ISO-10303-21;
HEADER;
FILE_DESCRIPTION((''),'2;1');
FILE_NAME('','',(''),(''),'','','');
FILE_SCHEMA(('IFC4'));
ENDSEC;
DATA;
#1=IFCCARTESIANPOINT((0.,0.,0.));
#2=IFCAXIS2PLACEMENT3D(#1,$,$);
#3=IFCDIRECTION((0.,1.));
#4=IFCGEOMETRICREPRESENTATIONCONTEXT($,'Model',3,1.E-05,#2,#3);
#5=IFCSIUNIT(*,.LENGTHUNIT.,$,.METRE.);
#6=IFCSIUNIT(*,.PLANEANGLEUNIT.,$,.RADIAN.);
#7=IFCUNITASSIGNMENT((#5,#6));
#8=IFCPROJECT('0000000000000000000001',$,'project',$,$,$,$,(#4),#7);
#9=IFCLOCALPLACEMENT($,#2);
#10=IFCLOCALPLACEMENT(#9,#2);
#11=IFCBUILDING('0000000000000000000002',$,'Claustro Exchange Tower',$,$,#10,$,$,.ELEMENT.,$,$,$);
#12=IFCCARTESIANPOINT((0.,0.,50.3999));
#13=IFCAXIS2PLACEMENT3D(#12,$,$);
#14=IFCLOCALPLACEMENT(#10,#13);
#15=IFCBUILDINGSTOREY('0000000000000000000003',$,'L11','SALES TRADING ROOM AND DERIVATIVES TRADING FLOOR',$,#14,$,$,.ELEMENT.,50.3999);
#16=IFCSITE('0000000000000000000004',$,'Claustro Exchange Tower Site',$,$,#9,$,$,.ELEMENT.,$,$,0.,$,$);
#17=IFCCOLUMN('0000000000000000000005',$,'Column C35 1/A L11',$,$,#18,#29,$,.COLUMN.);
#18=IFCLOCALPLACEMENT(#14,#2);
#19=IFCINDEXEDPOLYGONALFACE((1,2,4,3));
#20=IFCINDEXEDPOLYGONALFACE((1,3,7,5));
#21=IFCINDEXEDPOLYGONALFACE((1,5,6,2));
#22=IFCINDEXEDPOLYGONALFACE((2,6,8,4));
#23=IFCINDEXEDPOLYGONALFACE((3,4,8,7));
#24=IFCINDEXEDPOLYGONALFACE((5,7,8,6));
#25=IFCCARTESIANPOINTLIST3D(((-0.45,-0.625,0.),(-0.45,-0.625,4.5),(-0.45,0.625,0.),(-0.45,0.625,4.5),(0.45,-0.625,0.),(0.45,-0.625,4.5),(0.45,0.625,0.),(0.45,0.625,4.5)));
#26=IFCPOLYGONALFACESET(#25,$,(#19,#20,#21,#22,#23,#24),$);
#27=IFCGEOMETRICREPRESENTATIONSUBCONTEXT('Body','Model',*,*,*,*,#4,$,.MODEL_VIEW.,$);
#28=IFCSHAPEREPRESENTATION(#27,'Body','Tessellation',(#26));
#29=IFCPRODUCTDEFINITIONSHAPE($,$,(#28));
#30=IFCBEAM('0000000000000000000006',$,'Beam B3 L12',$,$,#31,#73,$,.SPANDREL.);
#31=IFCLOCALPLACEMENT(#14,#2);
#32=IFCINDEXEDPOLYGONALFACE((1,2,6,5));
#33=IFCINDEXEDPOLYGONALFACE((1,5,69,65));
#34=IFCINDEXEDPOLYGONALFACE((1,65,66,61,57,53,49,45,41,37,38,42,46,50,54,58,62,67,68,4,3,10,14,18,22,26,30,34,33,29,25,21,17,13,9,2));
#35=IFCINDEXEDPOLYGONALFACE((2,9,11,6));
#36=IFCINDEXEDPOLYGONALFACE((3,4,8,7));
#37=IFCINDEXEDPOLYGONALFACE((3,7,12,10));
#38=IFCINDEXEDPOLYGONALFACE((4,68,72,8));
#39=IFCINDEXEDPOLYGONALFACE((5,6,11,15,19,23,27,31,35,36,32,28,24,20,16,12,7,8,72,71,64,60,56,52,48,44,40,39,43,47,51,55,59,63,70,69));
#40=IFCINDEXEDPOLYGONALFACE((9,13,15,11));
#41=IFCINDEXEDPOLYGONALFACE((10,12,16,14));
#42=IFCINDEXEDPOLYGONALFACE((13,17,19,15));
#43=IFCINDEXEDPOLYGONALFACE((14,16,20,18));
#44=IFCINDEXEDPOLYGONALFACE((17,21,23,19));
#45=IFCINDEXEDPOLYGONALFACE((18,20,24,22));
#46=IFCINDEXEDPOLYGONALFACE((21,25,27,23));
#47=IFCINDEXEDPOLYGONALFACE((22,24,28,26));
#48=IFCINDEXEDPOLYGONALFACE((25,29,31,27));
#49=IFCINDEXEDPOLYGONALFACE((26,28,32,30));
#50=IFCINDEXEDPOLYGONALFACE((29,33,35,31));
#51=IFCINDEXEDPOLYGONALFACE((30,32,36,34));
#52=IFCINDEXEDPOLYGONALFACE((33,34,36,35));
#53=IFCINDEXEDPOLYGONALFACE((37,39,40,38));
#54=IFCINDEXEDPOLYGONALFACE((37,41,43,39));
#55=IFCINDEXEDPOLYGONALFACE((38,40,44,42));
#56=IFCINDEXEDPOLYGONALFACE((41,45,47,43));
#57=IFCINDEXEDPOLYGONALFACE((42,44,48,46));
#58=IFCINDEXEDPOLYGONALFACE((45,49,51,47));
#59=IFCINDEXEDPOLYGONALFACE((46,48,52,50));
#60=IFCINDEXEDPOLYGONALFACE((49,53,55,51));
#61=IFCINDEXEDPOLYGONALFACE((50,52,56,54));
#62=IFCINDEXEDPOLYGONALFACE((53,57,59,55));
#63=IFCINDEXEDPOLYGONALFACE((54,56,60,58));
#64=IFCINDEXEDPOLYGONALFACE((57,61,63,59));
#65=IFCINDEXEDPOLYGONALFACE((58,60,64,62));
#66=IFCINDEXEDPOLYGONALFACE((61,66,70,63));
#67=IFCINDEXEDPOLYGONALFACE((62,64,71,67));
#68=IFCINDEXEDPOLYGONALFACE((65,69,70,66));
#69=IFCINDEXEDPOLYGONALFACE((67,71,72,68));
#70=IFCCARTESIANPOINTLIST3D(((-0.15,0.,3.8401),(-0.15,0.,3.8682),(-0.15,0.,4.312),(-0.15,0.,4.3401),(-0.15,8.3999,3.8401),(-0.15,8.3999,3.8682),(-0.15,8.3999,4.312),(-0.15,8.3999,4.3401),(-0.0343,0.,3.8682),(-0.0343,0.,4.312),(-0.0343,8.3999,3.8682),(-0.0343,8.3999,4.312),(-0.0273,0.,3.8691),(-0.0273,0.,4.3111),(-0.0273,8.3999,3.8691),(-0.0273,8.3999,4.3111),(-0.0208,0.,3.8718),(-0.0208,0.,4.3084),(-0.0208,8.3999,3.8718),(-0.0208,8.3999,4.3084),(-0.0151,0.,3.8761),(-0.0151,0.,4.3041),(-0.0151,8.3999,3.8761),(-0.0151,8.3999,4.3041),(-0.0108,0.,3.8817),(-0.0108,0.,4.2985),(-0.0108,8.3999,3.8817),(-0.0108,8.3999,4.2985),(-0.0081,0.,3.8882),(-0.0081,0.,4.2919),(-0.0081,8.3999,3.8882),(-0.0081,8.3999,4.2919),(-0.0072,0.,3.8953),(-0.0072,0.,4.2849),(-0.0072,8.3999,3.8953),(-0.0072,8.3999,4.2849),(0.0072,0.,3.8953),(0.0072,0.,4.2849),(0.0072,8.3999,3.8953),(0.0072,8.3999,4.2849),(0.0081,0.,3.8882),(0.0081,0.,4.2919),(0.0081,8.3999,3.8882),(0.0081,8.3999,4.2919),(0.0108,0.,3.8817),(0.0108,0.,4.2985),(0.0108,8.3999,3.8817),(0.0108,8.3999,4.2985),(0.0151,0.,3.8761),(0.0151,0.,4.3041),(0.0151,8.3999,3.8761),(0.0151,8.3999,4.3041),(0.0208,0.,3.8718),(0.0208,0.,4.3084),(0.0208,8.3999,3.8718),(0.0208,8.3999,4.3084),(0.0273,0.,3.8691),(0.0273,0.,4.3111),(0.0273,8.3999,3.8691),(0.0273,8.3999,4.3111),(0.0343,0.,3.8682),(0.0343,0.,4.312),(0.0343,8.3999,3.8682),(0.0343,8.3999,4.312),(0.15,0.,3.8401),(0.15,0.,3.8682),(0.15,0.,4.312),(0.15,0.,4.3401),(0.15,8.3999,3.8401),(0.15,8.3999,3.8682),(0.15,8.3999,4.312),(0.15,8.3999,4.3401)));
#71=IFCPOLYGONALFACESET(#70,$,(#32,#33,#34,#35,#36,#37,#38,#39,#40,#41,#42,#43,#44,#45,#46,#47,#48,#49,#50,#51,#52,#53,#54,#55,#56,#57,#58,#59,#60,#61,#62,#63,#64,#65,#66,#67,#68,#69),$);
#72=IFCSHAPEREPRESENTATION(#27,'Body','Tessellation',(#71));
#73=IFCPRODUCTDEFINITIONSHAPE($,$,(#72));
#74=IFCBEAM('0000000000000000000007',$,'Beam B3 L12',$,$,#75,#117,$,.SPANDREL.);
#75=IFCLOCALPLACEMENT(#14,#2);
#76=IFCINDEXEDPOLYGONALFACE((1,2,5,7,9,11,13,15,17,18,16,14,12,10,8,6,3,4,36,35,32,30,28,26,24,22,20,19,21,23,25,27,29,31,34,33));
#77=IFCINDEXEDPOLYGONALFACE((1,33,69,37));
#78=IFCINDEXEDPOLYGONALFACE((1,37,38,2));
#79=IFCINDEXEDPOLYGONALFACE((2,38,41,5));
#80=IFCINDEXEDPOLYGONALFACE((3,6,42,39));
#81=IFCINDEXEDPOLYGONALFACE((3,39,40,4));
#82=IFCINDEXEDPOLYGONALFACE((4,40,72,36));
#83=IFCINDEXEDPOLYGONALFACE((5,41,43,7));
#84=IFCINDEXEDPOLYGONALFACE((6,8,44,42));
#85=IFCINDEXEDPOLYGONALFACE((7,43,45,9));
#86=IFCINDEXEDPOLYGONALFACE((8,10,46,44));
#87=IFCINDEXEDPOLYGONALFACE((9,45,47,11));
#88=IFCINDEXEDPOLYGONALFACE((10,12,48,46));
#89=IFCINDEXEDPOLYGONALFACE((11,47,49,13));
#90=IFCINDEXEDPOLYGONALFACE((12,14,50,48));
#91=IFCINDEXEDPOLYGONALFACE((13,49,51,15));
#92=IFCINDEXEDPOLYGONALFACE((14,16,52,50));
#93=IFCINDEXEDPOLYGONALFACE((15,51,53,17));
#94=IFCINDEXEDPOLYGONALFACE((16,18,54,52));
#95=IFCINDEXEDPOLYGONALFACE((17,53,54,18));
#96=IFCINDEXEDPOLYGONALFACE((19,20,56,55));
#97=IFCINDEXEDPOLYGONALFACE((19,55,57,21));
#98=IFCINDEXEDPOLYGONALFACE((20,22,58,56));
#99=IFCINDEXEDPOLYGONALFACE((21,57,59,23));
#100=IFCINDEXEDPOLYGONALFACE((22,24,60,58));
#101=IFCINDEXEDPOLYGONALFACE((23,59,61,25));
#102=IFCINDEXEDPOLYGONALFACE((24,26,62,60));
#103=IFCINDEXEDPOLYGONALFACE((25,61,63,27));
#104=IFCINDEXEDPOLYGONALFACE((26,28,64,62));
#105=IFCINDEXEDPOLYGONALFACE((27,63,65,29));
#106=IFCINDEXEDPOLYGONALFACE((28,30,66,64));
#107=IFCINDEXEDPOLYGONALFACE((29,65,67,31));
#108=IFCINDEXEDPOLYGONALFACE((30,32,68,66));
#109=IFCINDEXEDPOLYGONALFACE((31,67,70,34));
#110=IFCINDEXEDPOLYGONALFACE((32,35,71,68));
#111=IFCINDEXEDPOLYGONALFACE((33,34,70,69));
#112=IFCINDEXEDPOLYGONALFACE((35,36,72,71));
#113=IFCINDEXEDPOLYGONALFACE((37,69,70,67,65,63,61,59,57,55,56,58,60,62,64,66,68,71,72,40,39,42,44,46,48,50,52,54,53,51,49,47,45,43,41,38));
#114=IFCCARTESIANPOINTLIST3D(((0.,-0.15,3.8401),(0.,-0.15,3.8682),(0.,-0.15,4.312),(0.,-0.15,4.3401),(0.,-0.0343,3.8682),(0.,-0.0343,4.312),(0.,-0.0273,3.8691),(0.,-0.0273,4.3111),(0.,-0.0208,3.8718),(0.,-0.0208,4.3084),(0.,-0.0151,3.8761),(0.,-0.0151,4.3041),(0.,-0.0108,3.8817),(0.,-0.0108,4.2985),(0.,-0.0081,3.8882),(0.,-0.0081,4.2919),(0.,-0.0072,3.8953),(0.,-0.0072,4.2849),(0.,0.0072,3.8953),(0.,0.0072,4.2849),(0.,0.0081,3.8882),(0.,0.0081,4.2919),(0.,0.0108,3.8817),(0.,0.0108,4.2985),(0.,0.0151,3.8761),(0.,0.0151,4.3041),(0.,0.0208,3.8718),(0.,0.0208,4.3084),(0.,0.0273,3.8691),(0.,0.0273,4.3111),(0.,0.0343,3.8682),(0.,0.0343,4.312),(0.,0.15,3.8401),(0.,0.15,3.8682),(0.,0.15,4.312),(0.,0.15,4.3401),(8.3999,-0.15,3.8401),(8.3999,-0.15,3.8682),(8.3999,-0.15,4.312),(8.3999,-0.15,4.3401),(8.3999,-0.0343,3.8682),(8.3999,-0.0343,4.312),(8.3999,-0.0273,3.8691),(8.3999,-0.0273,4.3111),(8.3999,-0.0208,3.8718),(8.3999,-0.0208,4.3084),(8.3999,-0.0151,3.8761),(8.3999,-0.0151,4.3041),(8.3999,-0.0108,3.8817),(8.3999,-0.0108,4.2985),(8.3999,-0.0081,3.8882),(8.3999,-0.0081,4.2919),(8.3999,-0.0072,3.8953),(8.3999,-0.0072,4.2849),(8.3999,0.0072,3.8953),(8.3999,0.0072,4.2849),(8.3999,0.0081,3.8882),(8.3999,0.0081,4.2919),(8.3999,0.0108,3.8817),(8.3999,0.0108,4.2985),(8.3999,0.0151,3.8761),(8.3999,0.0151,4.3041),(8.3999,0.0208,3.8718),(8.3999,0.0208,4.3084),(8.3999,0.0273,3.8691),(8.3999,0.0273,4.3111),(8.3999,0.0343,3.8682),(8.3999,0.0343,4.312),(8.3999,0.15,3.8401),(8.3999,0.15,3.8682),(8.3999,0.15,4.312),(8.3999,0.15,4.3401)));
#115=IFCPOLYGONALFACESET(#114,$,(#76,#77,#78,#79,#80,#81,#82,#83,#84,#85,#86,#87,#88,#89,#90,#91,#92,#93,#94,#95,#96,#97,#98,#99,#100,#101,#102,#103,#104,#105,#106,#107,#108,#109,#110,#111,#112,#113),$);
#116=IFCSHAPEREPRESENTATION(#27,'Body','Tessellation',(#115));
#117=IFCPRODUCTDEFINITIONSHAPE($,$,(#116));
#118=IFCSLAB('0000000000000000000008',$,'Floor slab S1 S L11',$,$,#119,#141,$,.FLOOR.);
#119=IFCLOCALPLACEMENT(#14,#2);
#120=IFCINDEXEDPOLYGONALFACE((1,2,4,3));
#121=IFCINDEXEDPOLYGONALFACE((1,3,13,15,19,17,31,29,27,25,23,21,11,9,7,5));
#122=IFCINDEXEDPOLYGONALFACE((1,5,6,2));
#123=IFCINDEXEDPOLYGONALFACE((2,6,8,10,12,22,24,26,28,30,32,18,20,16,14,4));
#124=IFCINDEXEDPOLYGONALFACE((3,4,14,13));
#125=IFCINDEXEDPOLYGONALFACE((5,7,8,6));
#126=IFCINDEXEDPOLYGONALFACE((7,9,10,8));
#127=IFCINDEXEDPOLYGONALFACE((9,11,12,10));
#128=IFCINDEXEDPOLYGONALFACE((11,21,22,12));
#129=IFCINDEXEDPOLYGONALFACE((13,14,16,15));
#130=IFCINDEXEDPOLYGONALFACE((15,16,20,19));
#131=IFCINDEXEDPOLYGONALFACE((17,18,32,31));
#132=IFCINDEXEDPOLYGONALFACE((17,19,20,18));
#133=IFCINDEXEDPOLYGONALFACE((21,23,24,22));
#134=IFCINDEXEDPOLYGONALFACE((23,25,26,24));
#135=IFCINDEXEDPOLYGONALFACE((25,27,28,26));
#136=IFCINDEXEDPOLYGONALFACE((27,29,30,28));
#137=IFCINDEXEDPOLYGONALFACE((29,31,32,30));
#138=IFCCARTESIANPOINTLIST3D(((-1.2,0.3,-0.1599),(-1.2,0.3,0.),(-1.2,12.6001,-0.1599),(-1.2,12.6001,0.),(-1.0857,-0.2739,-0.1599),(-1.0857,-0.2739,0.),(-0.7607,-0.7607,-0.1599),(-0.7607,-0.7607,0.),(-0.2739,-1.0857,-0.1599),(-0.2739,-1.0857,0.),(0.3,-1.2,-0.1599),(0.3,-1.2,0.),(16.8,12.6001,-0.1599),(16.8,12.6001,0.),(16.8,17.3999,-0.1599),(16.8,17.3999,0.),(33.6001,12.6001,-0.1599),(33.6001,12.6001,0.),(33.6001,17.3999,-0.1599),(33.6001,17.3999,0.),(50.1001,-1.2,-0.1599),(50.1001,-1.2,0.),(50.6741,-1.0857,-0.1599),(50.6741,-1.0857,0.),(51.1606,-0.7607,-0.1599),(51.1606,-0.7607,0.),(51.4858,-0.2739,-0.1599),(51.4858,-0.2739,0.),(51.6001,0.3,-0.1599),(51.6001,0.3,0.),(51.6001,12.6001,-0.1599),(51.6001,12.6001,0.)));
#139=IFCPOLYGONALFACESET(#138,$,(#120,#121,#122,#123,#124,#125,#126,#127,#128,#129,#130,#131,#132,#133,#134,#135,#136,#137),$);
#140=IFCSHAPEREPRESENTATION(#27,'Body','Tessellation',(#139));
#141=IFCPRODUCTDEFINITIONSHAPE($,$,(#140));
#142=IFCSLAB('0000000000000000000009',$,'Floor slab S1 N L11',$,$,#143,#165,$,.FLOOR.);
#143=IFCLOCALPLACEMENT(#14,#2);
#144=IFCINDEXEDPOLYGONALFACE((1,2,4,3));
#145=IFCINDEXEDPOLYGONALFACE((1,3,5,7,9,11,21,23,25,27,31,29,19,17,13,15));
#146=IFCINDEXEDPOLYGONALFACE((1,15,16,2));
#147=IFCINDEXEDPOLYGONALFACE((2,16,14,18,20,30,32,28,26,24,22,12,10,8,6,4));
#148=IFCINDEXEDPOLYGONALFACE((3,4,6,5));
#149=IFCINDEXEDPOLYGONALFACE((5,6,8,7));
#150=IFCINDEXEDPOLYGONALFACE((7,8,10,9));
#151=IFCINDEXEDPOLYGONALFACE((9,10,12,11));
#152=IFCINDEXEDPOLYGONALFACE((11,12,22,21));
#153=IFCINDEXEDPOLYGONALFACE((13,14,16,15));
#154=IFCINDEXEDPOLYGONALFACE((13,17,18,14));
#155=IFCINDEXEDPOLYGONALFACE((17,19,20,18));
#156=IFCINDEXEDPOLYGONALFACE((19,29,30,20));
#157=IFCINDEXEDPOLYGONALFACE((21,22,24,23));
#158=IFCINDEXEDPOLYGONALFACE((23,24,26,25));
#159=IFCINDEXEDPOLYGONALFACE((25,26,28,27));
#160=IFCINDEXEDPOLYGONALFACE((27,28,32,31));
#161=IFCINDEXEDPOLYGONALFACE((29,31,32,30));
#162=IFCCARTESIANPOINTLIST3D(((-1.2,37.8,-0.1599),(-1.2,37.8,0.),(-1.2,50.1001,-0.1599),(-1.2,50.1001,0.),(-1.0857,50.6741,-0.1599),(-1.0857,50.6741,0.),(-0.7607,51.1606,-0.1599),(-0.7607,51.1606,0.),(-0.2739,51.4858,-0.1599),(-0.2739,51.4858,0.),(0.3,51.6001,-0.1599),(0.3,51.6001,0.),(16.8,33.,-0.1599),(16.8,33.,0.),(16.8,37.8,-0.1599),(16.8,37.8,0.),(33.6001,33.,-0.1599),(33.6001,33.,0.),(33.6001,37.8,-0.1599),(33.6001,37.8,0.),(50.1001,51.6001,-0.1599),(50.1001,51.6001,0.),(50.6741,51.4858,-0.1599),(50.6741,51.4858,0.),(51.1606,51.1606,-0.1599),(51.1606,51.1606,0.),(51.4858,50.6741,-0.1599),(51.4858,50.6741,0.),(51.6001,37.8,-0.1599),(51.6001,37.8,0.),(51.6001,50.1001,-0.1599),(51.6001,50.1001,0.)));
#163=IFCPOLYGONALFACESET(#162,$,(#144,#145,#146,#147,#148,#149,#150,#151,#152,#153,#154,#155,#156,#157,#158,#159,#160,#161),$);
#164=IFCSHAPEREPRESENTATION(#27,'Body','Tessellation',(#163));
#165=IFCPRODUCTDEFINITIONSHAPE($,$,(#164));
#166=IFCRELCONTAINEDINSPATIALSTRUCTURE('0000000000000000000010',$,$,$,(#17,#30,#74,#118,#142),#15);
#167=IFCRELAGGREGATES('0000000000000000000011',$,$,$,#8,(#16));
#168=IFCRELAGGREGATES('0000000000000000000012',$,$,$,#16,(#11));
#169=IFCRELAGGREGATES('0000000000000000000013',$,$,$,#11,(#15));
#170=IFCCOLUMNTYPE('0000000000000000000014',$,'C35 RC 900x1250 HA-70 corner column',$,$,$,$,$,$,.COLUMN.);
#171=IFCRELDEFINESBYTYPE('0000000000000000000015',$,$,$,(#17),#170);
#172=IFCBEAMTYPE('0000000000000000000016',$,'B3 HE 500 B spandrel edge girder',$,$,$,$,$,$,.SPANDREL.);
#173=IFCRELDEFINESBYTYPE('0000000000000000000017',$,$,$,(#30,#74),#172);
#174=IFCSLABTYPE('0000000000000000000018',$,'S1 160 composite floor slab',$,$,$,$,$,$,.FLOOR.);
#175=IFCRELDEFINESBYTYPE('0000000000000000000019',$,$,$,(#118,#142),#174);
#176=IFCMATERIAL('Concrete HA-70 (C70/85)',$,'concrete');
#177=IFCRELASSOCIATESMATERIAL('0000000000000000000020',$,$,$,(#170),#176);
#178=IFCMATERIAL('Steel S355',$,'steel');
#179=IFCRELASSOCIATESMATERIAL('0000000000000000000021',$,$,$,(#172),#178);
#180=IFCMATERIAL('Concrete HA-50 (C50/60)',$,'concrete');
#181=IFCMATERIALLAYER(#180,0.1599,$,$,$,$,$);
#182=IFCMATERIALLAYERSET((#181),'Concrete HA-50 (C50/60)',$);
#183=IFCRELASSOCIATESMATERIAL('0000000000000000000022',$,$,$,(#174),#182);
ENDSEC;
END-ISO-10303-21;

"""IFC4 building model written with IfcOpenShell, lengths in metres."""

from ifc_helpers import new_model, si_unit, direction, frame, origin, origin_with_axes, origin_2d, place, context, subcontext, project, spatial, polyline, rectangle, i_section, outline, extrude, material, layer, layer_set, material_profile, profile_set, type_object, element, save


model = new_model("IFC4")

# Units and contexts
model_context = context("Model", 3, precision=1e-05, world=origin(), true_north=direction((0.0, 1.0)))
body_context = subcontext(model_context, "Body", "Model", "MODEL_VIEW")
ifc_project = project(units=[si_unit("LENGTHUNIT", "METRE"), si_unit("PLANEANGLEUNIT", "RADIAN")], contexts=[model_context])

# Site, building, storey
site_placement = place(None, origin())
site = spatial("IfcSite", under=ifc_project, at=site_placement, Name="Claustro Exchange Tower Site", CompositionType="ELEMENT", RefElevation=0.0)
building_placement = place(site_placement, origin())
building = spatial("IfcBuilding", under=site, at=building_placement, Name="Claustro Exchange Tower", CompositionType="ELEMENT")
storey_placement = place(building_placement, frame((0.0, 0.0, 50.3999)))
storey = spatial("IfcBuildingStorey", under=building, at=storey_placement, Name="L11", Description="SALES TRADING ROOM AND DERIVATIVES TRADING FLOOR", CompositionType="ELEMENT", Elevation=50.3999)

# Column
ifc_material_1 = material(Name="Concrete HA-70 (C70/85)", Category="concrete")
ifc_material_profile_1 = material_profile(ifc_material_1, rectangle(XDim=0.8999, YDim=1.25, at=origin_2d()), Name="RC 900x1250")
ifc_profile_set_1 = profile_set([ifc_material_profile_1], Name="Concrete HA-70 (C70/85)")
column_type = type_object("IfcColumnType", Name="C35 RC 900x1250 HA-70 corner column", PredefinedType="COLUMN", material=ifc_profile_set_1)
column_placement = place(storey_placement, origin_with_axes())
element("IfcColumn", 1, at=column_placement, inside=storey, type_object=column_type, Name="Column C35 1/A L11", PredefinedType="COLUMN", context=body_context, shape_type="SweptSolid", body=[
    extrude(rectangle(XDim=0.8999, YDim=1.25, at=origin_2d()), origin(), (0.0, 0.0, 1.0), 4.5),
])

# Beams
ifc_material_2 = material(Name="Steel S355", Category="steel")
ifc_material_profile_2 = material_profile(ifc_material_2, i_section(OverallWidth=0.3, OverallDepth=0.5, WebThickness=0.0144, FlangeThickness=0.0281, FilletRadius=0.0271, at=origin_2d()), Name="HE 500 B")
ifc_profile_set_2 = profile_set([ifc_material_profile_2], Name="Steel S355")
beam_type = type_object("IfcBeamType", Name="B3 HE 500 B spandrel edge girder", PredefinedType="SPANDREL", material=ifc_profile_set_2)
for number, where, z_axis, x_axis, name in (
    (2, (0.0, 0.0, 4.0901), (0.0, 1.0, 0.0), (-1.0, 0.0, 0.0), "Beam B3 L12"),
    (3, (0.0, 0.0, 4.0901), (1.0, 0.0, 0.0), (0.0, 1.0, 0.0), "Beam B3 L12"),
):
    element("IfcBeam", number, at=place(storey_placement, frame(where, z_axis=z_axis, x_axis=x_axis)), inside=storey, type_object=beam_type, Name=name, PredefinedType="SPANDREL", context=body_context, shape_type="SweptSolid", body=[
        extrude(i_section(OverallWidth=0.3, OverallDepth=0.5, WebThickness=0.0144, FlangeThickness=0.0281, FilletRadius=0.0271, at=origin_2d()), origin(), (0.0, 0.0, 1.0), 8.3999),
    ])

# Slabs
ifc_material_3 = material(Name="Concrete HA-50 (C50/60)", Category="concrete")
ifc_layer_1 = layer(ifc_material_3, 0.1599)
ifc_layer_set_1 = layer_set([ifc_layer_1], Name="Concrete HA-50 (C50/60)")
slab_type_1 = type_object("IfcSlabType", Name="S1 160 composite floor slab", PredefinedType="FLOOR", material=ifc_layer_set_1)
slab_1_placement = place(storey_placement, frame((0.0, 0.0, -0.1599)))
element("IfcSlab", 4, at=slab_1_placement, inside=storey, type_object=slab_type_1, Name="Floor slab S1 S L11", PredefinedType="FLOOR", context=body_context, shape_type="SweptSolid", body=[
    extrude(outline(polyline([(-0.2739, -1.0857), (0.3, -1.2), (50.1001, -1.2), (50.6741, -1.0857), (51.1606, -0.7607), (51.4858, -0.2739), (51.6001, 0.3), (51.6001, 12.6001), (33.6001, 12.6001), (33.6001, 17.3999), (16.8, 17.3999), (16.8, 12.6001), (-1.2, 12.6001), (-1.2, 0.3), (-1.0857, -0.2739), (-0.7607, -0.7607), (-0.2739, -1.0857)])), origin(), (0.0, 0.0, 1.0), 0.1599),
])
slab_2_placement = place(storey_placement, frame((0.0, 0.0, -0.1599)))
element("IfcSlab", 5, at=slab_2_placement, inside=storey, type_object=slab_type_1, Name="Floor slab S1 N L11", PredefinedType="FLOOR", context=body_context, shape_type="SweptSolid", body=[
    extrude(outline(polyline([(16.8, 37.8), (16.8, 33.0), (33.6001, 33.0), (33.6001, 37.8), (51.6001, 37.8), (51.6001, 50.1001), (51.4858, 50.6741), (51.1606, 51.1606), (50.6741, 51.4858), (50.1001, 51.6001), (0.3, 51.6001), (-0.2739, 51.4858), (-0.7607, 51.1606), (-1.0857, 50.6741), (-1.2, 50.1001), (-1.2, 37.8), (16.8, 37.8)])), origin(), (0.0, 0.0, 1.0), 0.1599),
])

save(model, "model.ifc")
